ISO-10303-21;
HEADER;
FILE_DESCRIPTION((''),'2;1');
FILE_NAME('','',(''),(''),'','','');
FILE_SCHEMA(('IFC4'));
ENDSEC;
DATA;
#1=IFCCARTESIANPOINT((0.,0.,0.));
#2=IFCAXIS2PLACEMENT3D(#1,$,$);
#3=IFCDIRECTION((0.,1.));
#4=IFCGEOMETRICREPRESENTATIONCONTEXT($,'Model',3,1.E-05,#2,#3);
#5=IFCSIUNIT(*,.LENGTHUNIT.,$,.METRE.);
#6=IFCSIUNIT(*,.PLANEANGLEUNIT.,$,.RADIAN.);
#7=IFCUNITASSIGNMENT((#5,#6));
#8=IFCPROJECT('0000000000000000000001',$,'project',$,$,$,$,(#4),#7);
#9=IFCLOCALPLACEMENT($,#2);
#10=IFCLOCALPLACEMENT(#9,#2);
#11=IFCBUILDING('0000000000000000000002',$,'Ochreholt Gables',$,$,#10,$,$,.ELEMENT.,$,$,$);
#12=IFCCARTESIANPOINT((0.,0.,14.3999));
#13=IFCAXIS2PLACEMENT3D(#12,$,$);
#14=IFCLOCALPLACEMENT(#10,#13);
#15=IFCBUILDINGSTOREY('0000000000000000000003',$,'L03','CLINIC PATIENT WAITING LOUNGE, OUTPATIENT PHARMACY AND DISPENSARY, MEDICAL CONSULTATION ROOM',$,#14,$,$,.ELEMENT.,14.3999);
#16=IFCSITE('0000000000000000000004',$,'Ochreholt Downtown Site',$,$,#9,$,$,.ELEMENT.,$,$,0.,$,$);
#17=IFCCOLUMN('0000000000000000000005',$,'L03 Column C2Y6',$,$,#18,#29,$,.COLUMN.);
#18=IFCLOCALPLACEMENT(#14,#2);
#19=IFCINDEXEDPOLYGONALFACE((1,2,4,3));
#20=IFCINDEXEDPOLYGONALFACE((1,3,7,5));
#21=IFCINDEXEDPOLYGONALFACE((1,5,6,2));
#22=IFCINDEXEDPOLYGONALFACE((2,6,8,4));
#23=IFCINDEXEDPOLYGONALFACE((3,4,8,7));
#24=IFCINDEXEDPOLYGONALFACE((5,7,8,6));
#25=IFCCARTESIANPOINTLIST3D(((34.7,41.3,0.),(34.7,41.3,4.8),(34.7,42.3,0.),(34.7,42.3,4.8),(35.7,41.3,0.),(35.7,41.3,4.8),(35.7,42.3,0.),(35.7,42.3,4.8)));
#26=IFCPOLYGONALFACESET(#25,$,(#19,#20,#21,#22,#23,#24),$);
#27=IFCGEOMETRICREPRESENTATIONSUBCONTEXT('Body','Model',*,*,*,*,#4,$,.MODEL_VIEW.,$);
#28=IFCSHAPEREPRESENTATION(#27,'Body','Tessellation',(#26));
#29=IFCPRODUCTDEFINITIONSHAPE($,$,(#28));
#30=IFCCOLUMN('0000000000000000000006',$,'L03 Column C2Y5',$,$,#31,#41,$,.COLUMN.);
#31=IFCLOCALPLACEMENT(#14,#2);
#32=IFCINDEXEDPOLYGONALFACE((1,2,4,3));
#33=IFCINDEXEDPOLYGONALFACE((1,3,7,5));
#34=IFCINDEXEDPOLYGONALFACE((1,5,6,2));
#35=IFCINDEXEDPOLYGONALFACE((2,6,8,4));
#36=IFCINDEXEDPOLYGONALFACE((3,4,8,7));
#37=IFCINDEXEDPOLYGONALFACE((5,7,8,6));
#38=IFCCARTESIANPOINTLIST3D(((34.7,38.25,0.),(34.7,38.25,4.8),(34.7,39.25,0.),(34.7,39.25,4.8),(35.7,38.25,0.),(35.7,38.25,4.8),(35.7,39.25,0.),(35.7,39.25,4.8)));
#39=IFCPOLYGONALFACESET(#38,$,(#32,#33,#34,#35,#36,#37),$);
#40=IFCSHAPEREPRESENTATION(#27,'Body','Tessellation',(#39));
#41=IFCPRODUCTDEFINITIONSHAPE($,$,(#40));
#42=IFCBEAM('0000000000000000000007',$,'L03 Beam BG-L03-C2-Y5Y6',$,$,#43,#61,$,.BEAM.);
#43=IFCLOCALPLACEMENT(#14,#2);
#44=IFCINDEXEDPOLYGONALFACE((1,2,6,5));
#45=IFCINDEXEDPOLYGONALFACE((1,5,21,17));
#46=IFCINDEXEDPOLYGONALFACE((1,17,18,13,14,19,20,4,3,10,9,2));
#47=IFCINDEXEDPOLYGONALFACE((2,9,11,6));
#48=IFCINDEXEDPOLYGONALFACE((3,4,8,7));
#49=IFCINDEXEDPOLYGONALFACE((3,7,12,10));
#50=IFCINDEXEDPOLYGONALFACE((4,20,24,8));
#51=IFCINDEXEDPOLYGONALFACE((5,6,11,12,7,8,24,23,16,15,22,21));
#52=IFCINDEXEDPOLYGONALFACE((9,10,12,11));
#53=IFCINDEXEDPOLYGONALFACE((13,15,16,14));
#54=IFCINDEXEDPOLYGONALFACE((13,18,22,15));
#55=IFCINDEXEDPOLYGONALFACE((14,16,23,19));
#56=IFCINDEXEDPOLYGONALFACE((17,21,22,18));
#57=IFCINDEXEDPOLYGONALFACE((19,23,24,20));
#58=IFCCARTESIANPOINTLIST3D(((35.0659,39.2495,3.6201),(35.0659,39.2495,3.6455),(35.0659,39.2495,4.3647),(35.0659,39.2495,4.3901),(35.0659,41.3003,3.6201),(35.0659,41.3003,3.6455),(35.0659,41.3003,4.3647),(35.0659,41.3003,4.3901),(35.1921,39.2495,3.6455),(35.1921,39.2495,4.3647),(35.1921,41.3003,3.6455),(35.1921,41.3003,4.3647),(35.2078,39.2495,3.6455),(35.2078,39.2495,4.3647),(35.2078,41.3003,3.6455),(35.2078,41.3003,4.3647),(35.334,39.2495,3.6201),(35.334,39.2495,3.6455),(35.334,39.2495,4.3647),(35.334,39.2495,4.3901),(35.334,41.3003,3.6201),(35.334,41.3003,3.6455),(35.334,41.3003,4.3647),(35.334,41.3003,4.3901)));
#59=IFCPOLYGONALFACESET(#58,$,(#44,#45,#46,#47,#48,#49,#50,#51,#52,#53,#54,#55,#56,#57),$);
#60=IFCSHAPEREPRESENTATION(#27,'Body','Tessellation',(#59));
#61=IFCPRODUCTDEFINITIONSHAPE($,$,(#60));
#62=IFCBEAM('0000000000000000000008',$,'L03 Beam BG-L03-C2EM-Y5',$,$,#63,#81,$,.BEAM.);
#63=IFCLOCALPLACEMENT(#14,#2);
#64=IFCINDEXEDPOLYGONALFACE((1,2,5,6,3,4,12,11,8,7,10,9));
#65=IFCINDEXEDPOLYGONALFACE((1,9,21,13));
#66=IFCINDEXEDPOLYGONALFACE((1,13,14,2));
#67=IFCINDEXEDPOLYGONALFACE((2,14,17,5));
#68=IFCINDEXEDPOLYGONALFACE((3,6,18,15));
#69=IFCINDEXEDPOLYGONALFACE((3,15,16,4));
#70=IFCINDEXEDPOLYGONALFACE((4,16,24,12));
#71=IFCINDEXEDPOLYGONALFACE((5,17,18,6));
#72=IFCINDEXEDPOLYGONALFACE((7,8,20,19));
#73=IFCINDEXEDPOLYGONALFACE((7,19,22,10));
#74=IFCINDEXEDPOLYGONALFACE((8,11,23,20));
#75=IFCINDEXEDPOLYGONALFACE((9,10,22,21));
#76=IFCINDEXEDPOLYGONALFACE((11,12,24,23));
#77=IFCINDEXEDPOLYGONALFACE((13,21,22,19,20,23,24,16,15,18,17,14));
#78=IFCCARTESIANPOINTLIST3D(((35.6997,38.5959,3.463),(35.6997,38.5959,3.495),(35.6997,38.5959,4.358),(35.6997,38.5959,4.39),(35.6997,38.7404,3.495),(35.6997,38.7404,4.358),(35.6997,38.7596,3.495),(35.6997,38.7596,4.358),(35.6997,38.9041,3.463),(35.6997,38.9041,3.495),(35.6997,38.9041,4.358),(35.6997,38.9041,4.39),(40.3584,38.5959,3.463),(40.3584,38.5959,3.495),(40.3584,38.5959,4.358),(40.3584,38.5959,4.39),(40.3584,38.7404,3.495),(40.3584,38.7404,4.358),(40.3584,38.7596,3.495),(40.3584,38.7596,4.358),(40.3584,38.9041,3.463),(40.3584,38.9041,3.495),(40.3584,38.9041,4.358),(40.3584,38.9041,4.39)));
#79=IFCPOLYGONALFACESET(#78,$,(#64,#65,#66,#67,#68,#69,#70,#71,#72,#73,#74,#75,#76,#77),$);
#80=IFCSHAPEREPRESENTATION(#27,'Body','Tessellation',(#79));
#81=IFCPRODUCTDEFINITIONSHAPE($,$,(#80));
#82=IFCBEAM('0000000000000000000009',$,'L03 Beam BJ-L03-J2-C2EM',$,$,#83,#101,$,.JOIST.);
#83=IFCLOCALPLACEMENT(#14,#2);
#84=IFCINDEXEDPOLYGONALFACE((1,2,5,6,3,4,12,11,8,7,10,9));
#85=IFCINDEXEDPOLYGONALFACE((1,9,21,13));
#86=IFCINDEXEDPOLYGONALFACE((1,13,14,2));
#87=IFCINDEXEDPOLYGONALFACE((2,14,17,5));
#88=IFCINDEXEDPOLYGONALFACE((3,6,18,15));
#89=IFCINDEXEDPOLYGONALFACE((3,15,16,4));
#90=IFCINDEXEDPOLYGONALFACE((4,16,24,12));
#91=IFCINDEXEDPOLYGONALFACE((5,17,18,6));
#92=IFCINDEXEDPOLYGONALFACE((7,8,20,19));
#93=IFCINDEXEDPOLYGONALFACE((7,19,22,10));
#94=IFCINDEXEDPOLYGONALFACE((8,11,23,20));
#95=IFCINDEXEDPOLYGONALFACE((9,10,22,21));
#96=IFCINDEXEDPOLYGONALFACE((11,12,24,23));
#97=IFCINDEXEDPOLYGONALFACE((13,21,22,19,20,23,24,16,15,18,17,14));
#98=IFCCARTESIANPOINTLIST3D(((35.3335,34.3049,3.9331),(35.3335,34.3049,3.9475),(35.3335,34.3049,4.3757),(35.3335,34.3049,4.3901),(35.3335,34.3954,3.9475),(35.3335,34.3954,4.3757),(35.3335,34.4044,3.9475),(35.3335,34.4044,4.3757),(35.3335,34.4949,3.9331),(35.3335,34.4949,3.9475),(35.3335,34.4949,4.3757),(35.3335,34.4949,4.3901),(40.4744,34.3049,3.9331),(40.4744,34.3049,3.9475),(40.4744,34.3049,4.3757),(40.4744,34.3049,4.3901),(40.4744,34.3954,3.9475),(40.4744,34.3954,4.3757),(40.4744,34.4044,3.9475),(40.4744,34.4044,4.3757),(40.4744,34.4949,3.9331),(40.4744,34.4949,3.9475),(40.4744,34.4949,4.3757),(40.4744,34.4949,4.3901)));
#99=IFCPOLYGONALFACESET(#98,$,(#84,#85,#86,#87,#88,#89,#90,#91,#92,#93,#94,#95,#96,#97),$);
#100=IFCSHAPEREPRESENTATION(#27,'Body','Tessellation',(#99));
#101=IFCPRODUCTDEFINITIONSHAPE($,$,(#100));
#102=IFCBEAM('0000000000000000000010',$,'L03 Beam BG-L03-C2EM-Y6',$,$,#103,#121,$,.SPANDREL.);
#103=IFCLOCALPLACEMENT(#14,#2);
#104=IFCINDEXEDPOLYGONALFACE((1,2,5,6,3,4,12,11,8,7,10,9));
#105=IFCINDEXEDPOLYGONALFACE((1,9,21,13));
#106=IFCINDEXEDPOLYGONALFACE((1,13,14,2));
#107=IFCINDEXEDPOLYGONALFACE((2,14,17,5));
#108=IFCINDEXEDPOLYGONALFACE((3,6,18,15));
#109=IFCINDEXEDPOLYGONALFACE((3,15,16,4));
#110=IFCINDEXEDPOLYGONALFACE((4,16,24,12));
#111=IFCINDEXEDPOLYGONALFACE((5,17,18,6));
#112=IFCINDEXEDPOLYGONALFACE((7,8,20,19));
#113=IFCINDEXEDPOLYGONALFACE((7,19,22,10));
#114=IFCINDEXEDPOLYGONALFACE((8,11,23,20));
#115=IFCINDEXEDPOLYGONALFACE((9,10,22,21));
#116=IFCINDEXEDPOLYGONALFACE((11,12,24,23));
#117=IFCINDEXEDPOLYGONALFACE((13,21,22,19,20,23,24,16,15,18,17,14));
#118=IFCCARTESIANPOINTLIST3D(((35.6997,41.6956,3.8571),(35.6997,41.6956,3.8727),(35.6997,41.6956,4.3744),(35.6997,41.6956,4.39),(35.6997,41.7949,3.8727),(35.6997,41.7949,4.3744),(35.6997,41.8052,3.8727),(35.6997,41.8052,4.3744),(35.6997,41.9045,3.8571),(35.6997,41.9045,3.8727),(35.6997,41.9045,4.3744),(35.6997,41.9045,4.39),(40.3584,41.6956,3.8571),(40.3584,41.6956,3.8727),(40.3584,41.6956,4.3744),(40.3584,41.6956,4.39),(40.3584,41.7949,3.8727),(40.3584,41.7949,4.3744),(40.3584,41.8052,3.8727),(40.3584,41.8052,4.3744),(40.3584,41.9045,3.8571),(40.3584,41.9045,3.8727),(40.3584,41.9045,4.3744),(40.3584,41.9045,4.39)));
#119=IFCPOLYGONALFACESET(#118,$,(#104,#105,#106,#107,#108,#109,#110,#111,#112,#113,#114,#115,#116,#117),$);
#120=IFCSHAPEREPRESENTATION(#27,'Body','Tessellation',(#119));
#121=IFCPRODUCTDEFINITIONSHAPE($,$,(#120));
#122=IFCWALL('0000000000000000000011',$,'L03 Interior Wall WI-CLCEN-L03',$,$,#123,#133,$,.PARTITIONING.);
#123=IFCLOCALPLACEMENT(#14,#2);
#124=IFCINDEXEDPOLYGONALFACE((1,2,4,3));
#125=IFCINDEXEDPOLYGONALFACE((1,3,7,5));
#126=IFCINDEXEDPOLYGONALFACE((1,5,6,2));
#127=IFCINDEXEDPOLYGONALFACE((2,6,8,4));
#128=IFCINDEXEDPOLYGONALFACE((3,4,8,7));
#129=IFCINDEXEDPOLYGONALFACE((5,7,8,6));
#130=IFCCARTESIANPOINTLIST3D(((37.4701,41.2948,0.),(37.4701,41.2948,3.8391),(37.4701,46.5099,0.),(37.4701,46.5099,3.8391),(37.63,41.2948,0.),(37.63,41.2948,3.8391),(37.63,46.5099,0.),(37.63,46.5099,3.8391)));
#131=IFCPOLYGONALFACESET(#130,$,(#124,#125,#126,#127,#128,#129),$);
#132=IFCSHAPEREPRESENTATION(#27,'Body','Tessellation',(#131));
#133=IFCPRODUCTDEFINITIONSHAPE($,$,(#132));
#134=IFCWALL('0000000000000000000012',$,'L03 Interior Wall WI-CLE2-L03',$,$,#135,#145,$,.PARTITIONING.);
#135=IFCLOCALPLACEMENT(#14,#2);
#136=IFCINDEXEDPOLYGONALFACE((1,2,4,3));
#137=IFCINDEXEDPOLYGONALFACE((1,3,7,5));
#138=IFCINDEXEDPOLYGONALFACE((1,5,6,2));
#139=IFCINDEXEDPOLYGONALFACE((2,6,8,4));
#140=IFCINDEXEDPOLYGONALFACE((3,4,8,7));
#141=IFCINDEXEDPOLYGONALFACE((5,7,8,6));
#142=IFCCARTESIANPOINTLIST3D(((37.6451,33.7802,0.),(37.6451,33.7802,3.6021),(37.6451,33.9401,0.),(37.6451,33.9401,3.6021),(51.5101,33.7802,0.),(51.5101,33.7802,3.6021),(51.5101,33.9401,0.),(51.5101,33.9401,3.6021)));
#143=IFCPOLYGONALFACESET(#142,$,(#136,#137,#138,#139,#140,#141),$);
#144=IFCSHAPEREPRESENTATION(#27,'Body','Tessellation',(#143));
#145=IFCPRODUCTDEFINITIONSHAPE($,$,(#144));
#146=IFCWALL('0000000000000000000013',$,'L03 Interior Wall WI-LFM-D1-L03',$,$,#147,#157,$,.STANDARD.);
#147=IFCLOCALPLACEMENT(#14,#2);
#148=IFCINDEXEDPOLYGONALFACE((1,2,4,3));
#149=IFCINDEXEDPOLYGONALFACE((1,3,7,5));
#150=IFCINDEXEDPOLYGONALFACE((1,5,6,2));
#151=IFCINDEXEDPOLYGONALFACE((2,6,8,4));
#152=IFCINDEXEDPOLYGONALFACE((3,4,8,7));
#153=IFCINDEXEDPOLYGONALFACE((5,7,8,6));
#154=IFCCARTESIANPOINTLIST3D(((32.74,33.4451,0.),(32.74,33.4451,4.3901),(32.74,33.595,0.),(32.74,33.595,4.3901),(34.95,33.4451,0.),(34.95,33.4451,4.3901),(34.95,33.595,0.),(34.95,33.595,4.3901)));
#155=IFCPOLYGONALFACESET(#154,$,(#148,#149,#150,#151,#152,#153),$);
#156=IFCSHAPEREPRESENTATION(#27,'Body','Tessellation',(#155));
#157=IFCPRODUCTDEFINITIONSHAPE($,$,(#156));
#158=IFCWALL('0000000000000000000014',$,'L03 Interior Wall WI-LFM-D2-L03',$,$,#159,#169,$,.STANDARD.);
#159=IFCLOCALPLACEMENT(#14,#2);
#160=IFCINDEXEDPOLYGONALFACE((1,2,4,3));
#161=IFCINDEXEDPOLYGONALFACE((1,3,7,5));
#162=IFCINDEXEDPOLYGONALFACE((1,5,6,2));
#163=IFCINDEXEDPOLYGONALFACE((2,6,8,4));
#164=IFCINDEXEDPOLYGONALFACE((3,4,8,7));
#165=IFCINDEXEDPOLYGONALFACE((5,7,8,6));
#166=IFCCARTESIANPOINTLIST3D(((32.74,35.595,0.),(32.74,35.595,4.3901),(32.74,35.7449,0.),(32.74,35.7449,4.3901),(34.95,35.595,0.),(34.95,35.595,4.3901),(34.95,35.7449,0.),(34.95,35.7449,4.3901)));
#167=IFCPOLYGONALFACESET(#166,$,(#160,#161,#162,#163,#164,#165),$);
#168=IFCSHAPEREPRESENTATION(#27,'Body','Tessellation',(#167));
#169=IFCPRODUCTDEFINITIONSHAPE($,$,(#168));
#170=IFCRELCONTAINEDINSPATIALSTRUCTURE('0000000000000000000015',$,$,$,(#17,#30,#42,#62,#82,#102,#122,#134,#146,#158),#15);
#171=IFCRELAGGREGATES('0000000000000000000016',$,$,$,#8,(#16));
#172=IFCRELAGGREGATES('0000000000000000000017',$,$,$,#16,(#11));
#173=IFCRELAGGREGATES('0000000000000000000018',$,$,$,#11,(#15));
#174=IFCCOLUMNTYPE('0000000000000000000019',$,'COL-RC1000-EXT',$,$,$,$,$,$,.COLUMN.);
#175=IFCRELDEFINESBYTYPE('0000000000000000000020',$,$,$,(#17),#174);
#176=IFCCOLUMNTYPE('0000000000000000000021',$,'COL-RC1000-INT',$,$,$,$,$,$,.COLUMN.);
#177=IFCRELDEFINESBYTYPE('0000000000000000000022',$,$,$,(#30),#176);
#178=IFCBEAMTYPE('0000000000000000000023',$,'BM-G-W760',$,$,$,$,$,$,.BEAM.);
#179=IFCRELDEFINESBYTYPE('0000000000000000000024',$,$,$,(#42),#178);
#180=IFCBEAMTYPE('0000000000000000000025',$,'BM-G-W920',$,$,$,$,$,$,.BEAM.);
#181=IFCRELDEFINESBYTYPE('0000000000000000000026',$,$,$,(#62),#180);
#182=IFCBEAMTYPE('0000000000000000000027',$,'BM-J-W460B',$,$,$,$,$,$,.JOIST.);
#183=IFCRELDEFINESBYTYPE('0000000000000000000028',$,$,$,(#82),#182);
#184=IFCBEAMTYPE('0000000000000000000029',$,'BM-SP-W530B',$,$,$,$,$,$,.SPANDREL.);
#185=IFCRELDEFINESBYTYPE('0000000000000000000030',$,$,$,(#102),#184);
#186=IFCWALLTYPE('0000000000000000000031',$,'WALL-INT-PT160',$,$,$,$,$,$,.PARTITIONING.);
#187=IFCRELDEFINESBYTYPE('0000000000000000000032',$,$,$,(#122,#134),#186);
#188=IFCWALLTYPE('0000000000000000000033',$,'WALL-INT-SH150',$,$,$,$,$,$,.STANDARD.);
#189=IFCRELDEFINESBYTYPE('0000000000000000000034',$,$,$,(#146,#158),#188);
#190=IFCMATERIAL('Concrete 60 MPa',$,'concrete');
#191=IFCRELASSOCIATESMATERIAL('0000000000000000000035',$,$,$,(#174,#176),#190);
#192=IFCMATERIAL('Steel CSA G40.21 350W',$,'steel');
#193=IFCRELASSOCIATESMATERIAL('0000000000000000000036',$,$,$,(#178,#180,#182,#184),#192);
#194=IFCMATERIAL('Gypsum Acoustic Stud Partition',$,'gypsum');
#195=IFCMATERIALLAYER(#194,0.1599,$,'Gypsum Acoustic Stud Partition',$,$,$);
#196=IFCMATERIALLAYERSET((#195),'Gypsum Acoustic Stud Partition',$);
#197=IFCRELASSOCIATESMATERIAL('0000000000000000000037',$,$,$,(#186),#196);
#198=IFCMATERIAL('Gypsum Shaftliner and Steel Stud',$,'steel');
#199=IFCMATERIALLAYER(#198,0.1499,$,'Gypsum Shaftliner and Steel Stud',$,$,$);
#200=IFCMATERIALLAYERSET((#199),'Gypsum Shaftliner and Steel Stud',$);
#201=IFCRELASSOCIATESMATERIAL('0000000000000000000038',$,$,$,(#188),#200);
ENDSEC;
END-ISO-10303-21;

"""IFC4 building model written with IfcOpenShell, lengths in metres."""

from ifc_helpers import new_model, si_unit, direction, frame, frame_2d, origin, origin_2d, place, context, subcontext, project, spatial, rectangle, i_section, extrude, material, layer, layer_set, material_profile, profile_set, type_object, element, save


model = new_model("IFC4")

# Units and contexts
model_context = context("Model", 3, precision=1e-05, world=origin(), true_north=direction((0.0, 1.0)))
body_context = subcontext(model_context, "Body", "Model", "MODEL_VIEW")
ifc_project = project(units=[si_unit("LENGTHUNIT", "METRE"), si_unit("PLANEANGLEUNIT", "RADIAN")], contexts=[model_context])

# Site, building, storey
site_placement = place(None, origin())
site = spatial("IfcSite", under=ifc_project, at=site_placement, Name="Ochreholt Downtown Site", CompositionType="ELEMENT", RefElevation=0.0)
building_placement = place(site_placement, origin())
building = spatial("IfcBuilding", under=site, at=building_placement, Name="Ochreholt Gables", CompositionType="ELEMENT")
storey_placement = place(building_placement, frame((0.0, 0.0, 14.3999)))
storey = spatial("IfcBuildingStorey", under=building, at=storey_placement, Name="L03", Description="CLINIC PATIENT WAITING LOUNGE, OUTPATIENT PHARMACY AND DISPENSARY, MEDICAL CONSULTATION ROOM", CompositionType="ELEMENT", Elevation=14.3999)

# Columns
ifc_material_1 = material(Name="Concrete 60 MPa", Category="concrete")
ifc_material_profile_1 = material_profile(ifc_material_1, rectangle(XDim=1.0, YDim=1.0, at=origin_2d()), Name="RC1000X1000")
ifc_profile_set_1 = profile_set([ifc_material_profile_1], Name="Concrete 60 MPa")
column_type_1 = type_object("IfcColumnType", Name="COL-RC1000-EXT", PredefinedType="COLUMN", material=ifc_profile_set_1)
column_1_placement = place(storey_placement, frame((35.2, 41.8, 0.0), z_axis=(0.0, 0.0, 1.0), x_axis=(1.0, 0.0, 0.0)))
element("IfcColumn", 1, at=column_1_placement, inside=storey, type_object=column_type_1, Name="L03 Column C2Y6", PredefinedType="COLUMN", context=body_context, shape_type="SweptSolid", body=[
    extrude(rectangle(XDim=1.0, YDim=1.0, at=origin_2d()), origin(), (0.0, 0.0, 1.0), 4.8),
])
ifc_material_profile_2 = material_profile(ifc_material_1, rectangle(XDim=1.0, YDim=1.0, at=origin_2d()), Name="RC1000X1000")
ifc_profile_set_2 = profile_set([ifc_material_profile_2], Name="Concrete 60 MPa")
column_type_2 = type_object("IfcColumnType", Name="COL-RC1000-INT", PredefinedType="COLUMN", material=ifc_profile_set_2)
column_2_placement = place(storey_placement, frame((35.2, 38.75, 0.0), z_axis=(0.0, 0.0, 1.0), x_axis=(1.0, 0.0, 0.0)))
element("IfcColumn", 2, at=column_2_placement, inside=storey, type_object=column_type_2, Name="L03 Column C2Y5", PredefinedType="COLUMN", context=body_context, shape_type="SweptSolid", body=[
    extrude(rectangle(XDim=1.0, YDim=1.0, at=origin_2d()), origin(), (0.0, 0.0, 1.0), 4.8),
])

# Beams
ifc_material_2 = material(Name="Steel CSA G40.21 350W", Category="steel")
ifc_material_profile_3 = material_profile(ifc_material_2, i_section(OverallWidth=0.2681, OverallDepth=0.77, WebThickness=0.0156, FlangeThickness=0.0254, at=origin_2d()), Name="W760X196")
ifc_profile_set_3 = profile_set([ifc_material_profile_3], Name="Steel CSA G40.21 350W")
beam_type_1 = type_object("IfcBeamType", Name="BM-G-W760", PredefinedType="BEAM", material=ifc_profile_set_3)
beam_1_placement = place(storey_placement, frame((35.2, 39.2495, 4.0051), z_axis=(0.0, 1.0, 0.0), x_axis=(-1.0, 0.0, 0.0)))
element("IfcBeam", 3, at=beam_1_placement, inside=storey, type_object=beam_type_1, Name="L03 Beam BG-L03-C2-Y5Y6", PredefinedType="BEAM", context=body_context, shape_type="SweptSolid", body=[
    extrude(i_section(OverallWidth=0.2681, OverallDepth=0.77, WebThickness=0.0156, FlangeThickness=0.0254, at=origin_2d()), origin(), (0.0, 0.0, 1.0), 2.0508),
])
ifc_material_profile_4 = material_profile(ifc_material_2, i_section(OverallWidth=0.3081, OverallDepth=0.927, WebThickness=0.0193, FlangeThickness=0.032, at=origin_2d()), Name="W920X289")
ifc_profile_set_4 = profile_set([ifc_material_profile_4], Name="Steel CSA G40.21 350W")
beam_type_2 = type_object("IfcBeamType", Name="BM-G-W920", PredefinedType="BEAM", material=ifc_profile_set_4)
beam_2_placement = place(storey_placement, frame((35.6997, 38.75, 3.9265), z_axis=(1.0, 0.0, 0.0), x_axis=(0.0, 1.0, 0.0)))
element("IfcBeam", 4, at=beam_2_placement, inside=storey, type_object=beam_type_2, Name="L03 Beam BG-L03-C2EM-Y5", PredefinedType="BEAM", context=body_context, shape_type="SweptSolid", body=[
    extrude(i_section(OverallWidth=0.3081, OverallDepth=0.927, WebThickness=0.0193, FlangeThickness=0.032, at=origin_2d()), origin(), (0.0, 0.0, 1.0), 4.6587),
])
ifc_material_profile_5 = material_profile(ifc_material_2, i_section(OverallWidth=0.1899, OverallDepth=0.457, WebThickness=0.009, FlangeThickness=0.0144, at=origin_2d()), Name="W460X74")
ifc_profile_set_5 = profile_set([ifc_material_profile_5], Name="Steel CSA G40.21 350W")
beam_type_3 = type_object("IfcBeamType", Name="BM-J-W460B", PredefinedType="JOIST", material=ifc_profile_set_5)
beam_3_placement = place(storey_placement, frame((35.3335, 34.3999, 4.1616), z_axis=(1.0, 0.0, 0.0), x_axis=(0.0, 1.0, 0.0)))
element("IfcBeam", 5, at=beam_3_placement, inside=storey, type_object=beam_type_3, Name="L03 Beam BJ-L03-J2-C2EM", PredefinedType="JOIST", context=body_context, shape_type="SweptSolid", body=[
    extrude(i_section(OverallWidth=0.1899, OverallDepth=0.457, WebThickness=0.009, FlangeThickness=0.0144, at=origin_2d()), origin(), (0.0, 0.0, 1.0), 5.1409),
])
ifc_material_profile_6 = material_profile(ifc_material_2, i_section(OverallWidth=0.209, OverallDepth=0.533, WebThickness=0.0103, FlangeThickness=0.0156, at=origin_2d()), Name="W530X92")
ifc_profile_set_6 = profile_set([ifc_material_profile_6], Name="Steel CSA G40.21 350W")
beam_type_4 = type_object("IfcBeamType", Name="BM-SP-W530B", PredefinedType="SPANDREL", material=ifc_profile_set_6)
beam_4_placement = place(storey_placement, frame((35.6997, 41.8, 4.1235), z_axis=(1.0, 0.0, 0.0), x_axis=(0.0, 1.0, 0.0)))
element("IfcBeam", 6, at=beam_4_placement, inside=storey, type_object=beam_type_4, Name="L03 Beam BG-L03-C2EM-Y6", PredefinedType="SPANDREL", context=body_context, shape_type="SweptSolid", body=[
    extrude(i_section(OverallWidth=0.209, OverallDepth=0.533, WebThickness=0.0103, FlangeThickness=0.0156, at=origin_2d()), origin(), (0.0, 0.0, 1.0), 4.6587),
])

# Walls
ifc_material_3 = material(Name="Gypsum Acoustic Stud Partition", Category="gypsum")
ifc_layer_1 = layer(ifc_material_3, 0.1599, Name="Gypsum Acoustic Stud Partition")
ifc_layer_set_1 = layer_set([ifc_layer_1], Name="Gypsum Acoustic Stud Partition")
wall_type_1 = type_object("IfcWallType", Name="WALL-INT-PT160", PredefinedType="PARTITIONING", material=ifc_layer_set_1)
wall_1_placement = place(storey_placement, frame((37.55, 41.2949, 0.0), z_axis=(0.0, 0.0, 1.0), x_axis=(0.0, 1.0, 0.0)))
element("IfcWall", 7, at=wall_1_placement, inside=storey, type_object=wall_type_1, Name="L03 Interior Wall WI-CLCEN-L03", PredefinedType="PARTITIONING", context=body_context, shape_type="SweptSolid", body=[
    extrude(rectangle(XDim=5.2151, YDim=0.1599, at=frame_2d((2.6074, 0.0))), origin(), (0.0, 0.0, 1.0), 3.8391),
])
wall_2_placement = place(storey_placement, frame((37.645, 33.8601, 0.0), z_axis=(0.0, 0.0, 1.0), x_axis=(1.0, 0.0, 0.0)))
element("IfcWall", 8, at=wall_2_placement, inside=storey, type_object=wall_type_1, Name="L03 Interior Wall WI-CLE2-L03", PredefinedType="PARTITIONING", context=body_context, shape_type="SweptSolid", body=[
    extrude(rectangle(XDim=13.865, YDim=0.1599, at=frame_2d((6.9326, 0.0))), origin(), (0.0, 0.0, 1.0), 3.6021),
])
ifc_material_4 = material(Name="Gypsum Shaftliner and Steel Stud", Category="steel")
ifc_layer_2 = layer(ifc_material_4, 0.1499, Name="Gypsum Shaftliner and Steel Stud")
ifc_layer_set_2 = layer_set([ifc_layer_2], Name="Gypsum Shaftliner and Steel Stud")
wall_type_2 = type_object("IfcWallType", Name="WALL-INT-SH150", PredefinedType="STANDARD", material=ifc_layer_set_2)
for number, where, z_axis, x_axis, name in (
    (9, (32.74, 33.52, 0.0), (0.0, 0.0, 1.0), (1.0, 0.0, 0.0), "L03 Interior Wall WI-LFM-D1-L03"),
    (10, (32.74, 35.6699, 0.0), (0.0, 0.0, 1.0), (1.0, 0.0, 0.0), "L03 Interior Wall WI-LFM-D2-L03"),
):
    element("IfcWall", number, at=place(storey_placement, frame(where, z_axis=z_axis, x_axis=x_axis)), inside=storey, type_object=wall_type_2, Name=name, PredefinedType="STANDARD", context=body_context, shape_type="SweptSolid", body=[
        extrude(rectangle(XDim=2.21, YDim=0.1499, at=frame_2d((1.105, 0.0))), origin(), (0.0, 0.0, 1.0), 4.3901),
    ])

save(model, "model.ifc")
